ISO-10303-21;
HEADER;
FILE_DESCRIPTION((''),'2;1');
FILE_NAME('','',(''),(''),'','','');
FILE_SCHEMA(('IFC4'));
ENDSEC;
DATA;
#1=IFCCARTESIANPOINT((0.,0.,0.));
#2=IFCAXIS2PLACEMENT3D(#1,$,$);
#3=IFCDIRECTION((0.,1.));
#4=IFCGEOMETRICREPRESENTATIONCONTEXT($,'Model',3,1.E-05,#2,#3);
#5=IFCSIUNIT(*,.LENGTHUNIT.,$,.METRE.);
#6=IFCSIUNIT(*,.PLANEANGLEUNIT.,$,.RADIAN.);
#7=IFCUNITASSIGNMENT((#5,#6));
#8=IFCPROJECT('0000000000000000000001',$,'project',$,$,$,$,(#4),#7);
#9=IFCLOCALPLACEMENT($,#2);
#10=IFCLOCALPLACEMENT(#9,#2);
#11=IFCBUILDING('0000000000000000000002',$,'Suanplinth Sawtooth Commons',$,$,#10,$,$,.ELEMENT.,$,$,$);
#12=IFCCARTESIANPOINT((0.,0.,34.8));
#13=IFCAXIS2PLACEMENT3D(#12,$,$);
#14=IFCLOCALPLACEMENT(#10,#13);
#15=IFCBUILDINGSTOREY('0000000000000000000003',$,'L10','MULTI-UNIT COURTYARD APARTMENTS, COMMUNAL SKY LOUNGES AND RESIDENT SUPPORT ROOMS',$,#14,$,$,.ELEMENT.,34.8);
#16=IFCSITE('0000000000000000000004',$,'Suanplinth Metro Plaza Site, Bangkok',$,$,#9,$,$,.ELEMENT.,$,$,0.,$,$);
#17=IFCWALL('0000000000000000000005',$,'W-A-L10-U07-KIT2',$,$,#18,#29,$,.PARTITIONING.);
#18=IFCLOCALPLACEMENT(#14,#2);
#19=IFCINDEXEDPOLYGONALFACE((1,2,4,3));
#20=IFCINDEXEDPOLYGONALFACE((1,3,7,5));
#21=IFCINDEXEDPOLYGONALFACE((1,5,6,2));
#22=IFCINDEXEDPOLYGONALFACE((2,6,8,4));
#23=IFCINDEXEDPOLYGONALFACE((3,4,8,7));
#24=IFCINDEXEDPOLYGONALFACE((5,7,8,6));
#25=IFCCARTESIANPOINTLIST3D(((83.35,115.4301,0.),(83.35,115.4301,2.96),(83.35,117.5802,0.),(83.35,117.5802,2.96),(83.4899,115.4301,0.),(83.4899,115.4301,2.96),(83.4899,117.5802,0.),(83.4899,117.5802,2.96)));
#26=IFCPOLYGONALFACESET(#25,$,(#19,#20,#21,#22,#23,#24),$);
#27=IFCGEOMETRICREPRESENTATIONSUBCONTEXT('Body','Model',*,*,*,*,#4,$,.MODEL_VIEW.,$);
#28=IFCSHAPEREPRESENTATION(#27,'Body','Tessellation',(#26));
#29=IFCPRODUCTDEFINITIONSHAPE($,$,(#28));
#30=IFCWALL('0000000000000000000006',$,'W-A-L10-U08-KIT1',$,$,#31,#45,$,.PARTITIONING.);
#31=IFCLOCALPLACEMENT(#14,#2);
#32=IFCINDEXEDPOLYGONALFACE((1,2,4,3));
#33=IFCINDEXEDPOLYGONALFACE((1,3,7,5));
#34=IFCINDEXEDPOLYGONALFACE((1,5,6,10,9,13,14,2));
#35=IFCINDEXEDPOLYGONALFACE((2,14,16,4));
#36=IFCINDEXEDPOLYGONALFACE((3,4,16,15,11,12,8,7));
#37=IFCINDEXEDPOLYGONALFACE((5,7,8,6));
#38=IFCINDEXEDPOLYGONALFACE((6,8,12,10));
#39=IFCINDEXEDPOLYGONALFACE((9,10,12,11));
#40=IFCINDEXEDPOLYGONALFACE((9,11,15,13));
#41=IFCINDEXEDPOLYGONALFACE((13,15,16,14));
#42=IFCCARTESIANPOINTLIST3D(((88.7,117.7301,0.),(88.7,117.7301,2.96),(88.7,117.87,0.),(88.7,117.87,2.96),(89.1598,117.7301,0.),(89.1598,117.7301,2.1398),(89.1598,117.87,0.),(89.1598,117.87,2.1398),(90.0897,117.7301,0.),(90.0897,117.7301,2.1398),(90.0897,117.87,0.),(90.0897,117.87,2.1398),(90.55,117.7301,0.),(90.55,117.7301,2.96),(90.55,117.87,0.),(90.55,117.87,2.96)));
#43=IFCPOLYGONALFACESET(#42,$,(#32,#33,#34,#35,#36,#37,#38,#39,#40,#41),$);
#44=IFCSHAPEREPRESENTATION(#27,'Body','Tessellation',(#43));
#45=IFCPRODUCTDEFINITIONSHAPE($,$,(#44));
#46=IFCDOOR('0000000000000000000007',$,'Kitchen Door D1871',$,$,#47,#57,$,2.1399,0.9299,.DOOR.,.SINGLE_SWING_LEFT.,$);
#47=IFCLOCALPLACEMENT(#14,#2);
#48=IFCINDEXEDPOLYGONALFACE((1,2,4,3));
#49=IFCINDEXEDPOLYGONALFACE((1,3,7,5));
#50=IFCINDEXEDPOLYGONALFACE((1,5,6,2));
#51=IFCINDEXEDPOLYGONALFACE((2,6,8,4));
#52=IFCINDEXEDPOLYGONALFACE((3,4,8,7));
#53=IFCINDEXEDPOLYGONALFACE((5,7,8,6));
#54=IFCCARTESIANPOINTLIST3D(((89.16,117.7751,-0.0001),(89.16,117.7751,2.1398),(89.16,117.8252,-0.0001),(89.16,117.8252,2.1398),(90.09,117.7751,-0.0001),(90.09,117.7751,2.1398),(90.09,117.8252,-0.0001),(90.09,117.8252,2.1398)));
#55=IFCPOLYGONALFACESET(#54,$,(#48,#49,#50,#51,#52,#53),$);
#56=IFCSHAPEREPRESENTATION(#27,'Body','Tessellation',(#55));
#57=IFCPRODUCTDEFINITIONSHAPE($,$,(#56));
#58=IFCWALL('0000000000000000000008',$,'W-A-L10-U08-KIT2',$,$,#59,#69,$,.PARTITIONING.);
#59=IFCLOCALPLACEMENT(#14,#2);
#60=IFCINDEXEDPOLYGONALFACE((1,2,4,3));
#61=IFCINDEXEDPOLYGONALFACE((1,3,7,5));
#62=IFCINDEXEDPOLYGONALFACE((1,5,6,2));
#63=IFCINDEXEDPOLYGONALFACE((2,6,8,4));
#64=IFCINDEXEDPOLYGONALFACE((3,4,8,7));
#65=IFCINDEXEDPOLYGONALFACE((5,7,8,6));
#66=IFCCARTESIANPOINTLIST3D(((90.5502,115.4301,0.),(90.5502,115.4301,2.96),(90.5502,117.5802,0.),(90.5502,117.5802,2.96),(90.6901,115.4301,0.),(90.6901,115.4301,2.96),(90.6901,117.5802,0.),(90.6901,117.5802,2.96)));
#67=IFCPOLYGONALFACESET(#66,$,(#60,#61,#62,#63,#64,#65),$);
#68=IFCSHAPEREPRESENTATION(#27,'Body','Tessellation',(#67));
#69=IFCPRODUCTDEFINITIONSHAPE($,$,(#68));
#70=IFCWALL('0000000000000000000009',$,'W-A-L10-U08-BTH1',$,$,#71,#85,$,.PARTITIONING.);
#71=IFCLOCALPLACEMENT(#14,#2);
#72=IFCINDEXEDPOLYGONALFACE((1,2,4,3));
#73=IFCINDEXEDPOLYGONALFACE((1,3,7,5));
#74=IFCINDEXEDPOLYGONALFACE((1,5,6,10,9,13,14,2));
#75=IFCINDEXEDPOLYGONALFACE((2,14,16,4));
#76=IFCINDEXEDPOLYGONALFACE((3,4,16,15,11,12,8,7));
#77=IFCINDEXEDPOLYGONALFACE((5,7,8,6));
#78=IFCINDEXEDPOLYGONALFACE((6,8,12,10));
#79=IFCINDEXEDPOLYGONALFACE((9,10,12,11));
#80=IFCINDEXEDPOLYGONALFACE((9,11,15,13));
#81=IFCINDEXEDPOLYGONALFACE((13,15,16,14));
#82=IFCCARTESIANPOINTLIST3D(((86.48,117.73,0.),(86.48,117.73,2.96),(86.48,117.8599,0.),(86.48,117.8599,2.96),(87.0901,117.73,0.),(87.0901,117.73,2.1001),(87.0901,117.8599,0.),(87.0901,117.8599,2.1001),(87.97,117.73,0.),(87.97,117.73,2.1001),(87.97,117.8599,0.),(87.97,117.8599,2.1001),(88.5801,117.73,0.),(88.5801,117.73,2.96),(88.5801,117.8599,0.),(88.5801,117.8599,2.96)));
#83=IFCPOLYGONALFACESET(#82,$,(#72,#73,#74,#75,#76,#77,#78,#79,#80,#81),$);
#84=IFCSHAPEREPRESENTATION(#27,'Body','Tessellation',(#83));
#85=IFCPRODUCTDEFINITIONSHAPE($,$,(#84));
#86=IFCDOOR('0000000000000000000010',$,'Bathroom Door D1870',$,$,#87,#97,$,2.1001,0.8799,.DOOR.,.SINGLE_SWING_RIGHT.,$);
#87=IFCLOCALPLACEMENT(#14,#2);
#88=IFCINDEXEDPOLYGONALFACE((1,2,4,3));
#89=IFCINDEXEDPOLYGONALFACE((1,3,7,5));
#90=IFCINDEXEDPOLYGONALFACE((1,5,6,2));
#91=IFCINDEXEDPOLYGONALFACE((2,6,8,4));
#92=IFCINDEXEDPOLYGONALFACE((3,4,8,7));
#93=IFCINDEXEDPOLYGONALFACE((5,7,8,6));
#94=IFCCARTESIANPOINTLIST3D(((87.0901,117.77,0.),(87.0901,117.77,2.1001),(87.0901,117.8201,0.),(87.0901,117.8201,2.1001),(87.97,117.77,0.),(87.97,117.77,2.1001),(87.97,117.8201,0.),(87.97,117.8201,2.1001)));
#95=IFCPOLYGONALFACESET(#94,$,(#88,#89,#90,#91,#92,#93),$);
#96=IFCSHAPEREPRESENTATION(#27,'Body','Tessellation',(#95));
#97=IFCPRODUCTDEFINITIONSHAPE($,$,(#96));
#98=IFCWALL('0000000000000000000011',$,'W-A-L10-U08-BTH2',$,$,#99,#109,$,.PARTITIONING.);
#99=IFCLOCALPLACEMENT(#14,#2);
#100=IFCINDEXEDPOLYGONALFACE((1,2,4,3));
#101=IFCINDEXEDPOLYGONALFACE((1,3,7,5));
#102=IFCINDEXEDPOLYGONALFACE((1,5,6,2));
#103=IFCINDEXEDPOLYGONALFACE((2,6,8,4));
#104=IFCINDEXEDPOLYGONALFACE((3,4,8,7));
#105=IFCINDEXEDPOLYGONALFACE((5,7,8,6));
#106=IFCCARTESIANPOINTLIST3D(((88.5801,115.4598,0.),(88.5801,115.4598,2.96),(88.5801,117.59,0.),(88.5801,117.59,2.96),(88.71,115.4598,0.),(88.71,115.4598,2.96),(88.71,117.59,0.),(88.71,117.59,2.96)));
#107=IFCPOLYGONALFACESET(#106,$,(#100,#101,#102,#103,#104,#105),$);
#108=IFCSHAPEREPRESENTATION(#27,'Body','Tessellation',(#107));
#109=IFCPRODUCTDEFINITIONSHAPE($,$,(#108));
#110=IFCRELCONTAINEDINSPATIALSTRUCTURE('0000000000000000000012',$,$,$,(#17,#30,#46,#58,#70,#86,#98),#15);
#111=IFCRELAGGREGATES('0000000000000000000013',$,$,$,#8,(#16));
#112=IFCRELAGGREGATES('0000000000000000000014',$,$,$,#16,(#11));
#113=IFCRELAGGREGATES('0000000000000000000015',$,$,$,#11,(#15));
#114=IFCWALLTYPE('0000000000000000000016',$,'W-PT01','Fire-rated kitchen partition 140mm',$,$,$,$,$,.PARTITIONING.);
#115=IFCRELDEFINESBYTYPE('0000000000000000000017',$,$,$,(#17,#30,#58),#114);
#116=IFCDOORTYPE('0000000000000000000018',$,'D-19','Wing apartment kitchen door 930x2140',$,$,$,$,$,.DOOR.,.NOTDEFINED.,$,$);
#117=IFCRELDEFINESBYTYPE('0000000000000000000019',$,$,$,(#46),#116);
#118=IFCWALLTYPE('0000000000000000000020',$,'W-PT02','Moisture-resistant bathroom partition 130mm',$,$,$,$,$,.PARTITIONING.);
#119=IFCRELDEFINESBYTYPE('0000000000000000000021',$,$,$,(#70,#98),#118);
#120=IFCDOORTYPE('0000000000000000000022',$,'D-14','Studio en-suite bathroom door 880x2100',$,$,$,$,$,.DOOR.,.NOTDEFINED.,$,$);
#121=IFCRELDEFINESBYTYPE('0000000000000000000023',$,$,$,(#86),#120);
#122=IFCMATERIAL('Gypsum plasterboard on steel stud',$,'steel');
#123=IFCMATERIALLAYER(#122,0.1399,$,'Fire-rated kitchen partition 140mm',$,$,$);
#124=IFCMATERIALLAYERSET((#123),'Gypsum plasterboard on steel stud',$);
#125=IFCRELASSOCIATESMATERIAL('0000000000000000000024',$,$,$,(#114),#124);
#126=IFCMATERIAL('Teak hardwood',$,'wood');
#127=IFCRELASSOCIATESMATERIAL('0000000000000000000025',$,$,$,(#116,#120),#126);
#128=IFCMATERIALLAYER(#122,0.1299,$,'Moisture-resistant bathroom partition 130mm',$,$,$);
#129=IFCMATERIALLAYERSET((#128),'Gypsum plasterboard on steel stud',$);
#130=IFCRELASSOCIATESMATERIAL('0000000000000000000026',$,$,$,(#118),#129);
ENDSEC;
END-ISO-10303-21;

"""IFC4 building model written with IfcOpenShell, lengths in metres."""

from ifc_helpers import new_model, si_unit, direction, frame, frame_2d, origin, place, context, subcontext, project, spatial, rectangle, extrude, material, layer, layer_set, type_object, element, fill, save


model = new_model("IFC4")

# Units and contexts
model_context = context("Model", 3, precision=1e-05, world=origin(), true_north=direction((0.0, 1.0)))
body_context = subcontext(model_context, "Body", "Model", "MODEL_VIEW")
ifc_project = project(units=[si_unit("LENGTHUNIT", "METRE"), si_unit("PLANEANGLEUNIT", "RADIAN")], contexts=[model_context])

# Site, building, storey
site_placement = place(None, origin())
site = spatial("IfcSite", under=ifc_project, at=site_placement, Name="Suanplinth Metro Plaza Site, Bangkok", CompositionType="ELEMENT", RefElevation=0.0)
building_placement = place(site_placement, origin())
building = spatial("IfcBuilding", under=site, at=building_placement, Name="Suanplinth Sawtooth Commons", CompositionType="ELEMENT")
storey_placement = place(building_placement, frame((0.0, 0.0, 34.8)))
storey = spatial("IfcBuildingStorey", under=building, at=storey_placement, Name="L10", Description="MULTI-UNIT COURTYARD APARTMENTS, COMMUNAL SKY LOUNGES AND RESIDENT SUPPORT ROOMS", CompositionType="ELEMENT", Elevation=34.8)

# Shared definitions
ifc_material_1 = material(Name="Teak hardwood", Category="wood")

# Wall
ifc_material_2 = material(Name="Gypsum plasterboard on steel stud", Category="steel")
ifc_layer_1 = layer(ifc_material_2, 0.1399, Name="Fire-rated kitchen partition 140mm")
ifc_layer_set_1 = layer_set([ifc_layer_1], Name="Gypsum plasterboard on steel stud")
wall_type_1 = type_object("IfcWallType", Name="W-PT01", Description="Fire-rated kitchen partition 140mm", PredefinedType="PARTITIONING", material=ifc_layer_set_1)
wall_1_placement = place(storey_placement, frame((83.4199, 115.4299, 0.0), z_axis=(0.0, 0.0, 1.0), x_axis=(0.0, 1.0, 0.0)))
element("IfcWall", 1, at=wall_1_placement, inside=storey, type_object=wall_type_1, Name="W-A-L10-U07-KIT2", PredefinedType="PARTITIONING", context=body_context, shape_type="SweptSolid", body=[
    extrude(rectangle(XDim=2.1501, YDim=0.1399, at=frame_2d((1.0752, 0.0))), origin(), (0.0, 0.0, 1.0), 2.96),
])

# Wall, opening, door
wall_2_placement = place(storey_placement, frame((88.7, 117.8, 0.0), z_axis=(0.0, 0.0, 1.0), x_axis=(1.0, 0.0, 0.0)))
wall_2 = element("IfcWall", 2, at=wall_2_placement, inside=storey, type_object=wall_type_1, Name="W-A-L10-U08-KIT1", PredefinedType="PARTITIONING", context=body_context, shape_type="SweptSolid", body=[
    extrude(rectangle(XDim=1.8501, YDim=0.1399, at=frame_2d((0.925, 0.0))), origin(), (0.0, 0.0, 1.0), 2.96),
])
opening_1_placement = place(wall_2_placement, frame((0.46, 0.0, 0.0)))
opening_1 = element("IfcOpeningElement", 3, at=opening_1_placement, cuts=wall_2, PredefinedType="OPENING", context=body_context, shape_type="SweptSolid", body=[
    extrude(rectangle(XDim=0.9299, YDim=2.1399, at=frame_2d((0.4648, 1.0698))), frame((0.0, 0.085, 0.0), z_axis=(0.0, -1.0, 0.0), x_axis=(1.0, 0.0, 0.0)), (0.0, 0.0, 1.0), 0.1697),
])
door_type_1 = type_object("IfcDoorType", Name="D-19", Description="Wing apartment kitchen door 930x2140", OperationType="NOTDEFINED", PredefinedType="DOOR", material=ifc_material_1)
door_1_placement = place(opening_1_placement, frame((0.9299, 0.0, 0.0), z_axis=(0.0, 0.0, 1.0), x_axis=(-1.0, 0.0, 0.0)))
door_1 = element("IfcDoor", 4, at=door_1_placement, inside=storey, type_object=door_type_1, Name="Kitchen Door D1871", OperationType="SINGLE_SWING_LEFT", OverallHeight=2.1399, OverallWidth=0.9299, PredefinedType="DOOR", context=body_context, shape_type="SweptSolid", body=[
    extrude(rectangle(XDim=0.9299, YDim=2.1399, at=frame_2d((0.4648, 1.0698))), frame((0.0, 0.0249, 0.0), z_axis=(0.0, -1.0, 0.0), x_axis=(1.0, 0.0, 0.0)), (0.0, 0.0, 1.0), 0.05),
])
fill(opening_1, door_1)

# Wall
wall_3_placement = place(storey_placement, frame((90.6201, 115.4299, 0.0), z_axis=(0.0, 0.0, 1.0), x_axis=(0.0, 1.0, 0.0)))
element("IfcWall", 5, at=wall_3_placement, inside=storey, type_object=wall_type_1, Name="W-A-L10-U08-KIT2", PredefinedType="PARTITIONING", context=body_context, shape_type="SweptSolid", body=[
    extrude(rectangle(XDim=2.1501, YDim=0.1399, at=frame_2d((1.0752, 0.0))), origin(), (0.0, 0.0, 1.0), 2.96),
])

# Wall, opening, door
ifc_layer_2 = layer(ifc_material_2, 0.1299, Name="Moisture-resistant bathroom partition 130mm")
ifc_layer_set_2 = layer_set([ifc_layer_2], Name="Gypsum plasterboard on steel stud")
wall_type_2 = type_object("IfcWallType", Name="W-PT02", Description="Moisture-resistant bathroom partition 130mm", PredefinedType="PARTITIONING", material=ifc_layer_set_2)
wall_4_placement = place(storey_placement, frame((86.48, 117.7949, 0.0), z_axis=(0.0, 0.0, 1.0), x_axis=(1.0, 0.0, 0.0)))
wall_4 = element("IfcWall", 6, at=wall_4_placement, inside=storey, type_object=wall_type_2, Name="W-A-L10-U08-BTH1", PredefinedType="PARTITIONING", context=body_context, shape_type="SweptSolid", body=[
    extrude(rectangle(XDim=2.1001, YDim=0.1299, at=frame_2d((1.05, 0.0))), origin(), (0.0, 0.0, 1.0), 2.96),
])
opening_2_placement = place(wall_4_placement, frame((0.6101, 0.0, 0.0)))
opening_2 = element("IfcOpeningElement", 7, at=opening_2_placement, cuts=wall_4, PredefinedType="OPENING", context=body_context, shape_type="SweptSolid", body=[
    extrude(rectangle(XDim=0.8799, YDim=2.1001, at=frame_2d((0.4399, 1.05))), frame((0.0, 0.0798, 0.0), z_axis=(0.0, -1.0, 0.0), x_axis=(1.0, 0.0, 0.0)), (0.0, 0.0, 1.0), 0.1597),
])
door_type_2 = type_object("IfcDoorType", Name="D-14", Description="Studio en-suite bathroom door 880x2100", OperationType="NOTDEFINED", PredefinedType="DOOR", material=ifc_material_1)
door_2_placement = place(opening_2_placement, frame((0.8799, 0.0, 0.0), z_axis=(0.0, 0.0, 1.0), x_axis=(-1.0, 0.0, 0.0)))
door_2 = element("IfcDoor", 8, at=door_2_placement, inside=storey, type_object=door_type_2, Name="Bathroom Door D1870", OperationType="SINGLE_SWING_RIGHT", OverallHeight=2.1001, OverallWidth=0.8799, PredefinedType="DOOR", context=body_context, shape_type="SweptSolid", body=[
    extrude(rectangle(XDim=0.8799, YDim=2.1001, at=frame_2d((0.4399, 1.05))), frame((0.0, 0.0249, 0.0), z_axis=(0.0, -1.0, 0.0), x_axis=(1.0, 0.0, 0.0)), (0.0, 0.0, 1.0), 0.05),
])
fill(opening_2, door_2)

# Wall
wall_5_placement = place(storey_placement, frame((88.645, 115.46, 0.0), z_axis=(0.0, 0.0, 1.0), x_axis=(0.0, 1.0, 0.0)))
element("IfcWall", 9, at=wall_5_placement, inside=storey, type_object=wall_type_2, Name="W-A-L10-U08-BTH2", PredefinedType="PARTITIONING", context=body_context, shape_type="SweptSolid", body=[
    extrude(rectangle(XDim=2.1301, YDim=0.1299, at=frame_2d((1.0649, 0.0))), origin(), (0.0, 0.0, 1.0), 2.96),
])

save(model, "model.ifc")
